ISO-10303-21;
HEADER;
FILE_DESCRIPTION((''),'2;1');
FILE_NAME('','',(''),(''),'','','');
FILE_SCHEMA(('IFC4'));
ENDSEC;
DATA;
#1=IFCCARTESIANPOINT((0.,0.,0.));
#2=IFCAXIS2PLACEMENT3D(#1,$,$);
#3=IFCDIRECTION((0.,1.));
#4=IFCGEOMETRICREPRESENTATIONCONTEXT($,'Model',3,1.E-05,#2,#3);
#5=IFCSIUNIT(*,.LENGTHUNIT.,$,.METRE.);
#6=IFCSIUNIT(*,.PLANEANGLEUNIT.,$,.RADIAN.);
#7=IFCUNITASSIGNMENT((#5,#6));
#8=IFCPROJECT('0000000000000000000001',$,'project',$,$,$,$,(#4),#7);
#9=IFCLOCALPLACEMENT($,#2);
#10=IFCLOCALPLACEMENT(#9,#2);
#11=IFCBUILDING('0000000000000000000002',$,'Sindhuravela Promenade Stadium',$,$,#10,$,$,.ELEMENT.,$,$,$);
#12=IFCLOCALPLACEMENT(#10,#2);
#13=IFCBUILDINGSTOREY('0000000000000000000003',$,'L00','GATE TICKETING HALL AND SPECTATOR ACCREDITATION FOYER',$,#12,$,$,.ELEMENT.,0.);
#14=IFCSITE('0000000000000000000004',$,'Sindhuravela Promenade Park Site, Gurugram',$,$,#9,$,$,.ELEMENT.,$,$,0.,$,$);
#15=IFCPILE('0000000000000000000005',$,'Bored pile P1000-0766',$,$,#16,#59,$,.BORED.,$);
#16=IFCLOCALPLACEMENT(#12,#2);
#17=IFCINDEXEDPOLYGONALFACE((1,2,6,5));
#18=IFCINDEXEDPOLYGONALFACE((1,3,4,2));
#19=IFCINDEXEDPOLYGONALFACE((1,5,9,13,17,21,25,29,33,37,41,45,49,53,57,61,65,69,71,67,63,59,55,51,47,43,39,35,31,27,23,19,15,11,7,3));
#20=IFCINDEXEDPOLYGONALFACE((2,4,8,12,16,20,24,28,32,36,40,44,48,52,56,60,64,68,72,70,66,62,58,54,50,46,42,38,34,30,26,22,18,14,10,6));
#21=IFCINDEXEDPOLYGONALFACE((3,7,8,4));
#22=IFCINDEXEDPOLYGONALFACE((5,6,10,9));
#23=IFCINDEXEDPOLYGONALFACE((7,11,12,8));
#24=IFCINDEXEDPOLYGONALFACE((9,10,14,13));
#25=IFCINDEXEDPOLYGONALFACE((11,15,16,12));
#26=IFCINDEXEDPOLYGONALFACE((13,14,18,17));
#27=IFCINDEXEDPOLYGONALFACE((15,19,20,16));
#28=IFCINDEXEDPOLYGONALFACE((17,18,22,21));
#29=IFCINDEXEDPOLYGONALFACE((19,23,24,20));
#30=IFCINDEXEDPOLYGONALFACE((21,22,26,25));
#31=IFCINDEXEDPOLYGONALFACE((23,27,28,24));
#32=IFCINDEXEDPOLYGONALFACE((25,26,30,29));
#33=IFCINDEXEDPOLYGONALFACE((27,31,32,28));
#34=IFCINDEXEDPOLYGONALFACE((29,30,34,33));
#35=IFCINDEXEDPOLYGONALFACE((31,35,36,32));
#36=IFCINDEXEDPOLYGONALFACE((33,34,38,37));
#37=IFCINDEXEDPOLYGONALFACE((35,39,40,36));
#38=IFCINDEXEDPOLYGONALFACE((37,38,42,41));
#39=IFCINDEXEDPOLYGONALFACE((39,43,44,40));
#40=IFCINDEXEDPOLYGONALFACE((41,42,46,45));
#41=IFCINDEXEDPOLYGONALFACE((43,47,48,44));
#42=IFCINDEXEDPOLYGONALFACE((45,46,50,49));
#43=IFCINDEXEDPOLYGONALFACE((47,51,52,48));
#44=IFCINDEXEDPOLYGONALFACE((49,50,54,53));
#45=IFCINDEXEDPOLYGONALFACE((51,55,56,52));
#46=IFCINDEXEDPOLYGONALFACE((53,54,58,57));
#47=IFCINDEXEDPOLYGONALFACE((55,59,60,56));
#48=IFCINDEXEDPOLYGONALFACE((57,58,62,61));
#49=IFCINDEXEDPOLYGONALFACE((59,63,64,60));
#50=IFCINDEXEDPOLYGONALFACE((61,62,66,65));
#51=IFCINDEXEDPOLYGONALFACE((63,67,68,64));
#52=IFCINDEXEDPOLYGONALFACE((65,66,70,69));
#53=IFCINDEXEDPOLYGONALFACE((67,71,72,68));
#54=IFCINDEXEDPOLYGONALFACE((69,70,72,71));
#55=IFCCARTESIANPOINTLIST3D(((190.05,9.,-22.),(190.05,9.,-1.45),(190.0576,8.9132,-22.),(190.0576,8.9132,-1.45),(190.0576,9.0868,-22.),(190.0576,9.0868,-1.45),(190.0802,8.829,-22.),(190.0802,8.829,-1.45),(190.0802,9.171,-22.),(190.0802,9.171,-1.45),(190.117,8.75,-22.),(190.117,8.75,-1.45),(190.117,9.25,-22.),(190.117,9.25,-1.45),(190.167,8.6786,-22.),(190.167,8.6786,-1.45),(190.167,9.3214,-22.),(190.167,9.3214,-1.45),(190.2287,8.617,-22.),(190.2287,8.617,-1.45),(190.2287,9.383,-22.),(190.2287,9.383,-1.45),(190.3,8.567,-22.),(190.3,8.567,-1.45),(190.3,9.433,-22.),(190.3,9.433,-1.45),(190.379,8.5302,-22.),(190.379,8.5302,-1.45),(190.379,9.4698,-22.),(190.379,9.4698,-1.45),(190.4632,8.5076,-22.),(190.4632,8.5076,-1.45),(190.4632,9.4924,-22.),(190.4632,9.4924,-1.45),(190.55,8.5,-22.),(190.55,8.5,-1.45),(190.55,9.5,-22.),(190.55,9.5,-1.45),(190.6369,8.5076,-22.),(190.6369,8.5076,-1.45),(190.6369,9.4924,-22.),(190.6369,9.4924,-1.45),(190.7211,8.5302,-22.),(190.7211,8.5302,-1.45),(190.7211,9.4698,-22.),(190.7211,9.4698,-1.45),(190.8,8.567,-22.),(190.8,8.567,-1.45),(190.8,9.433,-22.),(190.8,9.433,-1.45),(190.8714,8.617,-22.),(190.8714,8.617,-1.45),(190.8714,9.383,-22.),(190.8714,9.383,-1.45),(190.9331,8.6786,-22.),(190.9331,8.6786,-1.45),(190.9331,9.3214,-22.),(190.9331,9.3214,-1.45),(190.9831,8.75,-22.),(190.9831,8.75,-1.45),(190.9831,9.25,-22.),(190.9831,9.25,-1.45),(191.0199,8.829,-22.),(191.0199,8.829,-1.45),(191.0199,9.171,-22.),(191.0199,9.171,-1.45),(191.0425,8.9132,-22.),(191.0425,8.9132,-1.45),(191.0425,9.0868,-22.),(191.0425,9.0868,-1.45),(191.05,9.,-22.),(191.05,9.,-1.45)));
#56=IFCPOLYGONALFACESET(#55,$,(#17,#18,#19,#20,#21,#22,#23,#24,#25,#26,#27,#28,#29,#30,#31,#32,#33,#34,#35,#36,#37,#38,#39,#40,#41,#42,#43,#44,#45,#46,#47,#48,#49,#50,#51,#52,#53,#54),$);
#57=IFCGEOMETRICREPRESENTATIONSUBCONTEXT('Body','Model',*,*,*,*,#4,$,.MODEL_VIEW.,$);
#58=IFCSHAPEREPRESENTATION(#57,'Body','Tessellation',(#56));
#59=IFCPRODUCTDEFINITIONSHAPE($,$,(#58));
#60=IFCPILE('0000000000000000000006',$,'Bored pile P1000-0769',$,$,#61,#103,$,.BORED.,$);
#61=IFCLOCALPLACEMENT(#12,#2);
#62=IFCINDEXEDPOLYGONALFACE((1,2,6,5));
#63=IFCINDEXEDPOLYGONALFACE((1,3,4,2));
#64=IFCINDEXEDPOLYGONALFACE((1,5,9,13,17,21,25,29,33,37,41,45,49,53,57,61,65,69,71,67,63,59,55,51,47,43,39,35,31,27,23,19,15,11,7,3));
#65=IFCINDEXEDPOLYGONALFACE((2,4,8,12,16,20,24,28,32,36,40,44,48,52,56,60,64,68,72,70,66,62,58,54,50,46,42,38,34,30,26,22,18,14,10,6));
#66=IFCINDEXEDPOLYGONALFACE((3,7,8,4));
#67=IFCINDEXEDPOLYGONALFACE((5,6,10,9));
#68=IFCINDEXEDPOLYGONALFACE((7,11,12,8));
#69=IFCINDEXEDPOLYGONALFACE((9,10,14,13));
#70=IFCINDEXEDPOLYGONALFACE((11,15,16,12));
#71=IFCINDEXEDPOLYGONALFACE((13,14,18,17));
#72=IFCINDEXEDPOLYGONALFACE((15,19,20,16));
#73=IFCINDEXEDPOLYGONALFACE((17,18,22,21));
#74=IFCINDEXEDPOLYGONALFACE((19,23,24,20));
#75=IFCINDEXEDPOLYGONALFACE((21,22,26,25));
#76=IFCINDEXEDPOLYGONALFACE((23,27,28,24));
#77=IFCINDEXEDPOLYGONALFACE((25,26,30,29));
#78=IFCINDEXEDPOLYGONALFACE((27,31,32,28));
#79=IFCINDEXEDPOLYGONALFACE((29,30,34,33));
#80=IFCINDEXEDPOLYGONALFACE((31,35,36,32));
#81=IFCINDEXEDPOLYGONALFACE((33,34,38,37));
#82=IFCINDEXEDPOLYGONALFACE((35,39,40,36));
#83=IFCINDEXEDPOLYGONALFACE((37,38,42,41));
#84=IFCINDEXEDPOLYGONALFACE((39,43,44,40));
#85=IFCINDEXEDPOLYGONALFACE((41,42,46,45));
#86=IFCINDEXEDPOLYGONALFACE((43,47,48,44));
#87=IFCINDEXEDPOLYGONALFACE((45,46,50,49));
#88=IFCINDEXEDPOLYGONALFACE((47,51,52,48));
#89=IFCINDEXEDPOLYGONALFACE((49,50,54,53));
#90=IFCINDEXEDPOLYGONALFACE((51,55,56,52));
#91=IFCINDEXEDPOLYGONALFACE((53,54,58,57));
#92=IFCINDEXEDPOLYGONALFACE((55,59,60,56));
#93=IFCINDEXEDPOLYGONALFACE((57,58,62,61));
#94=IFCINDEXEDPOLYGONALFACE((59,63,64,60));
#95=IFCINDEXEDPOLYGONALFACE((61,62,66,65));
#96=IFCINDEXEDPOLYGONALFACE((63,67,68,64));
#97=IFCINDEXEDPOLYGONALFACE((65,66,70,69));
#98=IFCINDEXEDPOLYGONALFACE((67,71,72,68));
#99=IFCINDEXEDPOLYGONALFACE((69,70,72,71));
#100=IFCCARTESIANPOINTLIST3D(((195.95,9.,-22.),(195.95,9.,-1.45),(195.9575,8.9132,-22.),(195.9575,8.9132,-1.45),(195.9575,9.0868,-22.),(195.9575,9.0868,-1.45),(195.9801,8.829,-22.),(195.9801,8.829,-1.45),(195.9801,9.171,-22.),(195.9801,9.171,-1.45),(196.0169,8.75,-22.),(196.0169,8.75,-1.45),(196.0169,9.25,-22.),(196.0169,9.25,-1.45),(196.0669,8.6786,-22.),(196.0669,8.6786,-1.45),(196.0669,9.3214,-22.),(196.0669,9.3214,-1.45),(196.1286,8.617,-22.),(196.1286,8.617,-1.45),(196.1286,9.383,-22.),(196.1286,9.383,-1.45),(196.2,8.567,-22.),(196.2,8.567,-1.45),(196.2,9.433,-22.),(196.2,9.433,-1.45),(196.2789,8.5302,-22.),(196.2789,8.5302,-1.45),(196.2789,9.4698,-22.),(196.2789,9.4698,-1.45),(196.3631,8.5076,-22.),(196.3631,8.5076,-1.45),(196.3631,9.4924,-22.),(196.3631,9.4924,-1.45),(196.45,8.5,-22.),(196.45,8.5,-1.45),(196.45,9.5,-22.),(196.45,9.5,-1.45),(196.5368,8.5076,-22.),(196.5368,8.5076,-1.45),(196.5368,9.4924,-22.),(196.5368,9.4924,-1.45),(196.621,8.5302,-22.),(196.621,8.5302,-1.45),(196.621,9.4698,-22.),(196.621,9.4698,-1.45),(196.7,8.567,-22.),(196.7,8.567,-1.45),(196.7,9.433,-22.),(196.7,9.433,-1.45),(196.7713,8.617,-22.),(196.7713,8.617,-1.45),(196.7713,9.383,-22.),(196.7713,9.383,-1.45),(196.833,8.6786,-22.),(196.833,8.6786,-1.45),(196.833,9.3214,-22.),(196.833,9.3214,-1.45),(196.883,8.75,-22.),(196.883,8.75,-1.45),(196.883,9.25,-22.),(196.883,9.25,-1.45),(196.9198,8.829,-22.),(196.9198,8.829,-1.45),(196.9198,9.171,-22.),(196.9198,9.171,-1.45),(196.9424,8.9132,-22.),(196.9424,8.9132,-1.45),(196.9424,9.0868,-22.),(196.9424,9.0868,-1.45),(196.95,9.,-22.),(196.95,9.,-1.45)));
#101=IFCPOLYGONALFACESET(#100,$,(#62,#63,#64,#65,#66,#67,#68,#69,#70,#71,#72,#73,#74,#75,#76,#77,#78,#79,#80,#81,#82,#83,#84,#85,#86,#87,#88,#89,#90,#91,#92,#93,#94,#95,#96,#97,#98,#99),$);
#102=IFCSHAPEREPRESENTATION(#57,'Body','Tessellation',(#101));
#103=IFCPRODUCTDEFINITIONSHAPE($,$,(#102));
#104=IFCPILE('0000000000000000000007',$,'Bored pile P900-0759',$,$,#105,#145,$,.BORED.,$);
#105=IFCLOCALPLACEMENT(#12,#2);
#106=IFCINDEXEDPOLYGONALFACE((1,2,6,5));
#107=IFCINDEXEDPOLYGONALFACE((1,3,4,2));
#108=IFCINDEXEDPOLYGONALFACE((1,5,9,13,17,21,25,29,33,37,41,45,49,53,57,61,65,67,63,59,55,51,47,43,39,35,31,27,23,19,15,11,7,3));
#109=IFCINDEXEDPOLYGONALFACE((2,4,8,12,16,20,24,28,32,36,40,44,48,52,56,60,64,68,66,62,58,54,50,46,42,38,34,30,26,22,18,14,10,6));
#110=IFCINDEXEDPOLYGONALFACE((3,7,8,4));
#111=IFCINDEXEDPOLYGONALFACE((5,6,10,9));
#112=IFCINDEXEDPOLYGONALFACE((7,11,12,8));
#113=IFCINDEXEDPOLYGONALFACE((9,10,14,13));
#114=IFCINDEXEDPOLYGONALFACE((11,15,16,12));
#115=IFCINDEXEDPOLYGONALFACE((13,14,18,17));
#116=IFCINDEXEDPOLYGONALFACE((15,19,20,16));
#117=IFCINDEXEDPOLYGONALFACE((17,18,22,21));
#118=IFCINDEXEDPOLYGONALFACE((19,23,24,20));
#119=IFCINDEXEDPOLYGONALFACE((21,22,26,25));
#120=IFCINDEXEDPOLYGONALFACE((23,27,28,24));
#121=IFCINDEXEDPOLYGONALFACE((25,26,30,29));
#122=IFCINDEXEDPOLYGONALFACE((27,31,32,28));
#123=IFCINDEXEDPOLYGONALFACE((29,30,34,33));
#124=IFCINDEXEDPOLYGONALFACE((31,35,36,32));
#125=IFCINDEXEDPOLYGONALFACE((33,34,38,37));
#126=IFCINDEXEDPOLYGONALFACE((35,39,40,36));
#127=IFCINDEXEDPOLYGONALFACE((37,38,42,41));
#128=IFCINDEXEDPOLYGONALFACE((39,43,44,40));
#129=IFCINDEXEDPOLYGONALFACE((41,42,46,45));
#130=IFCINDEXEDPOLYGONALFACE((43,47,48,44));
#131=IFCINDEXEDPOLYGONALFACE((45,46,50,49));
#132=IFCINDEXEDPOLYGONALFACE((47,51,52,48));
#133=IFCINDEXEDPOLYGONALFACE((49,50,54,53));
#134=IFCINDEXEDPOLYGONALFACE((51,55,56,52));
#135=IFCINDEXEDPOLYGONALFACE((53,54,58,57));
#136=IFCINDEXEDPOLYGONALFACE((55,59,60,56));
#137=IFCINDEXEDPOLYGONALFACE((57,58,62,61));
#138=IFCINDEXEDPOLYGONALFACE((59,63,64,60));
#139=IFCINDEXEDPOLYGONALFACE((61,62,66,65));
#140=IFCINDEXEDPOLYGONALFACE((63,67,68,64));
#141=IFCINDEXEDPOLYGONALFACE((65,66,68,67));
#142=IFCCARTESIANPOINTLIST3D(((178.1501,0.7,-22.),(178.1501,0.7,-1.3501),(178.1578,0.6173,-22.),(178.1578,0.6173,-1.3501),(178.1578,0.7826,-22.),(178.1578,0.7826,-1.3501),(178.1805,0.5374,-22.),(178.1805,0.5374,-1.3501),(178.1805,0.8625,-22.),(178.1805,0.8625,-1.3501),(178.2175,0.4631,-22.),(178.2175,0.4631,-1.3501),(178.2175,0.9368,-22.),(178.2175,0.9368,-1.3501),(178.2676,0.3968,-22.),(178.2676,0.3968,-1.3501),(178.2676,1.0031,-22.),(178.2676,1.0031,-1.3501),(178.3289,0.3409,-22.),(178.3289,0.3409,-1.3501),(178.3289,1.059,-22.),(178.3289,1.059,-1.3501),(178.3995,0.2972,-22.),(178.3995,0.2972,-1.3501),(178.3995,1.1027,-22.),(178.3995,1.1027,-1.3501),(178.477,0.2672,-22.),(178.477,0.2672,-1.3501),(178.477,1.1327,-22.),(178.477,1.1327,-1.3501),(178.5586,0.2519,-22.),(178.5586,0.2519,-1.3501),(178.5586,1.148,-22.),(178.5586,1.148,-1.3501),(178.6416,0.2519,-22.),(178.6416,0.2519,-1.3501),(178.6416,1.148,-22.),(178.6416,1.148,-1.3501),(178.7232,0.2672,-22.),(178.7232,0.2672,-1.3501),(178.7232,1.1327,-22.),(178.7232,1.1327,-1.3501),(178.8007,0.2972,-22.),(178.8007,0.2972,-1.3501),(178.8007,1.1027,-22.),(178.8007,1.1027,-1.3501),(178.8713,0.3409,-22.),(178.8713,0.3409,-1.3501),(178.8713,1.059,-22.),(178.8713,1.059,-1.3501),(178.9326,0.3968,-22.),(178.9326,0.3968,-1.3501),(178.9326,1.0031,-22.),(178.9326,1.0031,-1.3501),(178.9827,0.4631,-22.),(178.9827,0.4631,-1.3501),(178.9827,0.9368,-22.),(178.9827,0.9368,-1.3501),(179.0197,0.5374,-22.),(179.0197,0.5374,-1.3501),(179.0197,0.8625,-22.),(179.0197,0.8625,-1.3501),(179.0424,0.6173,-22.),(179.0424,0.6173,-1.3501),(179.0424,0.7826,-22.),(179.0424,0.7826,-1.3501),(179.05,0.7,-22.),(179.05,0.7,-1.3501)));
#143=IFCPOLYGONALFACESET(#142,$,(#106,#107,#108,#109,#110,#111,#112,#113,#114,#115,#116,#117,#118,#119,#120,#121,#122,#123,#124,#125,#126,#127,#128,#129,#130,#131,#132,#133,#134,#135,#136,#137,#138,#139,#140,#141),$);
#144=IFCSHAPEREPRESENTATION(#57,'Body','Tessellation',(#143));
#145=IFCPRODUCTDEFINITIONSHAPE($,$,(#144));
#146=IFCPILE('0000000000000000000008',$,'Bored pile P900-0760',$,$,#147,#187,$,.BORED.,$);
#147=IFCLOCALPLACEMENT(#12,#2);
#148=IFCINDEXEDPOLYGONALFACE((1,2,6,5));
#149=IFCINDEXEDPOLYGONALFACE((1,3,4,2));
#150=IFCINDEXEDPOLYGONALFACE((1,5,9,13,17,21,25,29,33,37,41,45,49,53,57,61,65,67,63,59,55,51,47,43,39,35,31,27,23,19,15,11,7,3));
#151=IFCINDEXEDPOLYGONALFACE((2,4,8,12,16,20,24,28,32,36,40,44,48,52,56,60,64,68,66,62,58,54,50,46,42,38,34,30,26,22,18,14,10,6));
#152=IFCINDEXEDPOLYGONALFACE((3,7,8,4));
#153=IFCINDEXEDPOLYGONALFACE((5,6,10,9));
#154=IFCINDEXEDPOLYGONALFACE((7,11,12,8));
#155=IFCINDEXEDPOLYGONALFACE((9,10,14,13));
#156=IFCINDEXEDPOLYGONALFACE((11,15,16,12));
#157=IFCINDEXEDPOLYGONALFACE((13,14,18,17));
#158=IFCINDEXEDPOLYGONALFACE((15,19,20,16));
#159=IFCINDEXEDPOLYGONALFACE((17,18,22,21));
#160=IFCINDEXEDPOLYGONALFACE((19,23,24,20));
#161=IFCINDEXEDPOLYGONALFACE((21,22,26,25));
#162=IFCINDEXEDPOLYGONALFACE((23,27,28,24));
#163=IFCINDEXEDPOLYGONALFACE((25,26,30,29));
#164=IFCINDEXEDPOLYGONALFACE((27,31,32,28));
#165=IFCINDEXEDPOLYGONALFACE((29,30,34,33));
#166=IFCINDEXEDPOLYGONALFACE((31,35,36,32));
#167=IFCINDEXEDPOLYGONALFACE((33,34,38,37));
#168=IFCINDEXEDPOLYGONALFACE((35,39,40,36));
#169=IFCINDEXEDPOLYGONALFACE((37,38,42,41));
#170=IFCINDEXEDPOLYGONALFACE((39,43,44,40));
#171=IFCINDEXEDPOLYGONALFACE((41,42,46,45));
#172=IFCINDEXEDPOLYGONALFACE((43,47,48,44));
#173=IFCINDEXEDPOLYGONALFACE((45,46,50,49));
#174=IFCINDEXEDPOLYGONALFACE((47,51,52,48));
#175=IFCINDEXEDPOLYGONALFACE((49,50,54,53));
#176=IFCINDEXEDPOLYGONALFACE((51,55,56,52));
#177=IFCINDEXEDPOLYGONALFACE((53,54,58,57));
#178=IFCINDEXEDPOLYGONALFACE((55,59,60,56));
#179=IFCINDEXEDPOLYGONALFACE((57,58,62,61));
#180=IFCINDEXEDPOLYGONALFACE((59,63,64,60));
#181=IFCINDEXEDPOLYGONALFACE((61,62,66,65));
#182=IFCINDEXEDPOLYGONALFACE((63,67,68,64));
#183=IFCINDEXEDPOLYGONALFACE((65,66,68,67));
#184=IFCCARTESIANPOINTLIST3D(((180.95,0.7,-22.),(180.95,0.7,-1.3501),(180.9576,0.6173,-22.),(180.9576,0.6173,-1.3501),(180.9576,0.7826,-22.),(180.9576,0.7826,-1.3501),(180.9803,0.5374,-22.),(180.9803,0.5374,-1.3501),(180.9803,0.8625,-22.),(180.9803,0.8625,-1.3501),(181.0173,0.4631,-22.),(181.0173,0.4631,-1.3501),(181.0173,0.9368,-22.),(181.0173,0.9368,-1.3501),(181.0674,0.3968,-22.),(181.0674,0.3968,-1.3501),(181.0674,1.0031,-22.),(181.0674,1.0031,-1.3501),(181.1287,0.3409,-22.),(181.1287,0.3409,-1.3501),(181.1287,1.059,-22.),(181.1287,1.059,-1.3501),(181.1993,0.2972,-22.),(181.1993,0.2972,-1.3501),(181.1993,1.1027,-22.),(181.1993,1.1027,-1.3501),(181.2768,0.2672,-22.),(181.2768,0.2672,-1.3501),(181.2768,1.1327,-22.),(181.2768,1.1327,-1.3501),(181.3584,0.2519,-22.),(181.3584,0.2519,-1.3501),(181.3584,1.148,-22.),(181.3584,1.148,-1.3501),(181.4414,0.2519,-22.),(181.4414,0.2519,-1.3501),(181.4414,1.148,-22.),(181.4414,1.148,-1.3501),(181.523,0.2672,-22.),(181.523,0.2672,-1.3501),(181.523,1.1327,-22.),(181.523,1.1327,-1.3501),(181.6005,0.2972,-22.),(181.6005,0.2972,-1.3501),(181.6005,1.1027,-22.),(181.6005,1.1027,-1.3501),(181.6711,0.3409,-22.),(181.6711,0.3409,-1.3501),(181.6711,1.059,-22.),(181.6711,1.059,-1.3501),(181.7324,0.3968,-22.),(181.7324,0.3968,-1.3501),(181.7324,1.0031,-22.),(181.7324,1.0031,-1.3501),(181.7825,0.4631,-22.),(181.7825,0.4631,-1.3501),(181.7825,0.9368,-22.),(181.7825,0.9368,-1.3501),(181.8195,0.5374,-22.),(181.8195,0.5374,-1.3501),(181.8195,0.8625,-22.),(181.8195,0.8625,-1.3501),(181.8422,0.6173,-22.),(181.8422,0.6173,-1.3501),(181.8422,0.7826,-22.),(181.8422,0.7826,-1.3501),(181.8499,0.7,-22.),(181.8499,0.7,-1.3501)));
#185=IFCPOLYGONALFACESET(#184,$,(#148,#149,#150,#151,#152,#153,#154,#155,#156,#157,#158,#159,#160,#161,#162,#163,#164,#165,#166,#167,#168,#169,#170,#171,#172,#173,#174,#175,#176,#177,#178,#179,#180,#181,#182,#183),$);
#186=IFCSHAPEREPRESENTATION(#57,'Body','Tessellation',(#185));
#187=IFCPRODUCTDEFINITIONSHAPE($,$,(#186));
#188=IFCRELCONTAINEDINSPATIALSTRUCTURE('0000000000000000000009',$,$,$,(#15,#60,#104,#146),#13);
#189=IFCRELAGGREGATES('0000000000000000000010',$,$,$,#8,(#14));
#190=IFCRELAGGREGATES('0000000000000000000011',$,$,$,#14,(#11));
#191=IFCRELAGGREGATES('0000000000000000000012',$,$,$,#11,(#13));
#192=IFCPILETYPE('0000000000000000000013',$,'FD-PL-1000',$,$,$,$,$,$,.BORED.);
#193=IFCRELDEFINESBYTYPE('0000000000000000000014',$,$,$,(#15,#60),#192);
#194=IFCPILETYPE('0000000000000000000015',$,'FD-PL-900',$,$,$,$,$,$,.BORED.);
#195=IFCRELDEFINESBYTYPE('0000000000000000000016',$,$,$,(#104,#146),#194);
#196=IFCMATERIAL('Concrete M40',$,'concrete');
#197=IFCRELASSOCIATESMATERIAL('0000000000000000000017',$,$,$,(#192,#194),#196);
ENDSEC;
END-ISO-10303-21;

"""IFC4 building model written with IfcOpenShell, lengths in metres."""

from ifc_helpers import new_model, si_unit, direction, frame, origin, origin_2d, place, context, subcontext, project, spatial, circle, extrude, material, material_profile, profile_set, type_object, element, save


model = new_model("IFC4")

# Units and contexts
model_context = context("Model", 3, precision=1e-05, world=origin(), true_north=direction((0.0, 1.0)))
body_context = subcontext(model_context, "Body", "Model", "MODEL_VIEW")
ifc_project = project(units=[si_unit("LENGTHUNIT", "METRE"), si_unit("PLANEANGLEUNIT", "RADIAN")], contexts=[model_context])

# Site, building, storey
site_placement = place(None, origin())
site = spatial("IfcSite", under=ifc_project, at=site_placement, Name="Sindhuravela Promenade Park Site, Gurugram", CompositionType="ELEMENT", RefElevation=0.0)
building_placement = place(site_placement, origin())
building = spatial("IfcBuilding", under=site, at=building_placement, Name="Sindhuravela Promenade Stadium", CompositionType="ELEMENT")
storey_placement = place(building_placement, origin())
storey = spatial("IfcBuildingStorey", under=building, at=storey_placement, Name="L00", Description="GATE TICKETING HALL AND SPECTATOR ACCREDITATION FOYER", CompositionType="ELEMENT", Elevation=0.0)

# Piles
ifc_material_1 = material(Name="Concrete M40", Category="concrete")
ifc_material_profile_1 = material_profile(ifc_material_1, circle(Radius=0.5, at=origin_2d()), Name="BORED PILE D1000")
ifc_profile_set_1 = profile_set([ifc_material_profile_1], Name="Concrete M40")
pile_type_1 = type_object("IfcPileType", Name="FD-PL-1000", PredefinedType="BORED", material=ifc_profile_set_1)
for number, where, z_axis, x_axis, name in (
    (1, (190.55, 9.0, -1.45), (0.0, 0.0, -1.0), (1.0, 0.0, 0.0), "Bored pile P1000-0766"),
    (2, (196.45, 9.0, -1.45), (0.0, 0.0, -1.0), (1.0, 0.0, 0.0), "Bored pile P1000-0769"),
):
    element("IfcPile", number, at=place(storey_placement, frame(where, z_axis=z_axis, x_axis=x_axis)), inside=storey, type_object=pile_type_1, Name=name, PredefinedType="BORED", context=body_context, shape_type="SweptSolid", body=[
        extrude(circle(Radius=0.5, at=origin_2d()), origin(), (0.0, 0.0, 1.0), 20.55),
    ])
ifc_material_profile_2 = material_profile(ifc_material_1, circle(Radius=0.45, at=origin_2d()), Name="BORED PILE D900")
ifc_profile_set_2 = profile_set([ifc_material_profile_2], Name="Concrete M40")
pile_type_2 = type_object("IfcPileType", Name="FD-PL-900", PredefinedType="BORED", material=ifc_profile_set_2)
for number, where, z_axis, x_axis, name in (
    (3, (178.6001, 0.7, -1.3501), (0.0, 0.0, -1.0), (1.0, 0.0, 0.0), "Bored pile P900-0759"),
    (4, (181.3999, 0.7, -1.3501), (0.0, 0.0, -1.0), (1.0, 0.0, 0.0), "Bored pile P900-0760"),
):
    element("IfcPile", number, at=place(storey_placement, frame(where, z_axis=z_axis, x_axis=x_axis)), inside=storey, type_object=pile_type_2, Name=name, PredefinedType="BORED", context=body_context, shape_type="SweptSolid", body=[
        extrude(circle(Radius=0.45, at=origin_2d()), origin(), (0.0, 0.0, 1.0), 20.6499),
    ])

save(model, "model.ifc")
